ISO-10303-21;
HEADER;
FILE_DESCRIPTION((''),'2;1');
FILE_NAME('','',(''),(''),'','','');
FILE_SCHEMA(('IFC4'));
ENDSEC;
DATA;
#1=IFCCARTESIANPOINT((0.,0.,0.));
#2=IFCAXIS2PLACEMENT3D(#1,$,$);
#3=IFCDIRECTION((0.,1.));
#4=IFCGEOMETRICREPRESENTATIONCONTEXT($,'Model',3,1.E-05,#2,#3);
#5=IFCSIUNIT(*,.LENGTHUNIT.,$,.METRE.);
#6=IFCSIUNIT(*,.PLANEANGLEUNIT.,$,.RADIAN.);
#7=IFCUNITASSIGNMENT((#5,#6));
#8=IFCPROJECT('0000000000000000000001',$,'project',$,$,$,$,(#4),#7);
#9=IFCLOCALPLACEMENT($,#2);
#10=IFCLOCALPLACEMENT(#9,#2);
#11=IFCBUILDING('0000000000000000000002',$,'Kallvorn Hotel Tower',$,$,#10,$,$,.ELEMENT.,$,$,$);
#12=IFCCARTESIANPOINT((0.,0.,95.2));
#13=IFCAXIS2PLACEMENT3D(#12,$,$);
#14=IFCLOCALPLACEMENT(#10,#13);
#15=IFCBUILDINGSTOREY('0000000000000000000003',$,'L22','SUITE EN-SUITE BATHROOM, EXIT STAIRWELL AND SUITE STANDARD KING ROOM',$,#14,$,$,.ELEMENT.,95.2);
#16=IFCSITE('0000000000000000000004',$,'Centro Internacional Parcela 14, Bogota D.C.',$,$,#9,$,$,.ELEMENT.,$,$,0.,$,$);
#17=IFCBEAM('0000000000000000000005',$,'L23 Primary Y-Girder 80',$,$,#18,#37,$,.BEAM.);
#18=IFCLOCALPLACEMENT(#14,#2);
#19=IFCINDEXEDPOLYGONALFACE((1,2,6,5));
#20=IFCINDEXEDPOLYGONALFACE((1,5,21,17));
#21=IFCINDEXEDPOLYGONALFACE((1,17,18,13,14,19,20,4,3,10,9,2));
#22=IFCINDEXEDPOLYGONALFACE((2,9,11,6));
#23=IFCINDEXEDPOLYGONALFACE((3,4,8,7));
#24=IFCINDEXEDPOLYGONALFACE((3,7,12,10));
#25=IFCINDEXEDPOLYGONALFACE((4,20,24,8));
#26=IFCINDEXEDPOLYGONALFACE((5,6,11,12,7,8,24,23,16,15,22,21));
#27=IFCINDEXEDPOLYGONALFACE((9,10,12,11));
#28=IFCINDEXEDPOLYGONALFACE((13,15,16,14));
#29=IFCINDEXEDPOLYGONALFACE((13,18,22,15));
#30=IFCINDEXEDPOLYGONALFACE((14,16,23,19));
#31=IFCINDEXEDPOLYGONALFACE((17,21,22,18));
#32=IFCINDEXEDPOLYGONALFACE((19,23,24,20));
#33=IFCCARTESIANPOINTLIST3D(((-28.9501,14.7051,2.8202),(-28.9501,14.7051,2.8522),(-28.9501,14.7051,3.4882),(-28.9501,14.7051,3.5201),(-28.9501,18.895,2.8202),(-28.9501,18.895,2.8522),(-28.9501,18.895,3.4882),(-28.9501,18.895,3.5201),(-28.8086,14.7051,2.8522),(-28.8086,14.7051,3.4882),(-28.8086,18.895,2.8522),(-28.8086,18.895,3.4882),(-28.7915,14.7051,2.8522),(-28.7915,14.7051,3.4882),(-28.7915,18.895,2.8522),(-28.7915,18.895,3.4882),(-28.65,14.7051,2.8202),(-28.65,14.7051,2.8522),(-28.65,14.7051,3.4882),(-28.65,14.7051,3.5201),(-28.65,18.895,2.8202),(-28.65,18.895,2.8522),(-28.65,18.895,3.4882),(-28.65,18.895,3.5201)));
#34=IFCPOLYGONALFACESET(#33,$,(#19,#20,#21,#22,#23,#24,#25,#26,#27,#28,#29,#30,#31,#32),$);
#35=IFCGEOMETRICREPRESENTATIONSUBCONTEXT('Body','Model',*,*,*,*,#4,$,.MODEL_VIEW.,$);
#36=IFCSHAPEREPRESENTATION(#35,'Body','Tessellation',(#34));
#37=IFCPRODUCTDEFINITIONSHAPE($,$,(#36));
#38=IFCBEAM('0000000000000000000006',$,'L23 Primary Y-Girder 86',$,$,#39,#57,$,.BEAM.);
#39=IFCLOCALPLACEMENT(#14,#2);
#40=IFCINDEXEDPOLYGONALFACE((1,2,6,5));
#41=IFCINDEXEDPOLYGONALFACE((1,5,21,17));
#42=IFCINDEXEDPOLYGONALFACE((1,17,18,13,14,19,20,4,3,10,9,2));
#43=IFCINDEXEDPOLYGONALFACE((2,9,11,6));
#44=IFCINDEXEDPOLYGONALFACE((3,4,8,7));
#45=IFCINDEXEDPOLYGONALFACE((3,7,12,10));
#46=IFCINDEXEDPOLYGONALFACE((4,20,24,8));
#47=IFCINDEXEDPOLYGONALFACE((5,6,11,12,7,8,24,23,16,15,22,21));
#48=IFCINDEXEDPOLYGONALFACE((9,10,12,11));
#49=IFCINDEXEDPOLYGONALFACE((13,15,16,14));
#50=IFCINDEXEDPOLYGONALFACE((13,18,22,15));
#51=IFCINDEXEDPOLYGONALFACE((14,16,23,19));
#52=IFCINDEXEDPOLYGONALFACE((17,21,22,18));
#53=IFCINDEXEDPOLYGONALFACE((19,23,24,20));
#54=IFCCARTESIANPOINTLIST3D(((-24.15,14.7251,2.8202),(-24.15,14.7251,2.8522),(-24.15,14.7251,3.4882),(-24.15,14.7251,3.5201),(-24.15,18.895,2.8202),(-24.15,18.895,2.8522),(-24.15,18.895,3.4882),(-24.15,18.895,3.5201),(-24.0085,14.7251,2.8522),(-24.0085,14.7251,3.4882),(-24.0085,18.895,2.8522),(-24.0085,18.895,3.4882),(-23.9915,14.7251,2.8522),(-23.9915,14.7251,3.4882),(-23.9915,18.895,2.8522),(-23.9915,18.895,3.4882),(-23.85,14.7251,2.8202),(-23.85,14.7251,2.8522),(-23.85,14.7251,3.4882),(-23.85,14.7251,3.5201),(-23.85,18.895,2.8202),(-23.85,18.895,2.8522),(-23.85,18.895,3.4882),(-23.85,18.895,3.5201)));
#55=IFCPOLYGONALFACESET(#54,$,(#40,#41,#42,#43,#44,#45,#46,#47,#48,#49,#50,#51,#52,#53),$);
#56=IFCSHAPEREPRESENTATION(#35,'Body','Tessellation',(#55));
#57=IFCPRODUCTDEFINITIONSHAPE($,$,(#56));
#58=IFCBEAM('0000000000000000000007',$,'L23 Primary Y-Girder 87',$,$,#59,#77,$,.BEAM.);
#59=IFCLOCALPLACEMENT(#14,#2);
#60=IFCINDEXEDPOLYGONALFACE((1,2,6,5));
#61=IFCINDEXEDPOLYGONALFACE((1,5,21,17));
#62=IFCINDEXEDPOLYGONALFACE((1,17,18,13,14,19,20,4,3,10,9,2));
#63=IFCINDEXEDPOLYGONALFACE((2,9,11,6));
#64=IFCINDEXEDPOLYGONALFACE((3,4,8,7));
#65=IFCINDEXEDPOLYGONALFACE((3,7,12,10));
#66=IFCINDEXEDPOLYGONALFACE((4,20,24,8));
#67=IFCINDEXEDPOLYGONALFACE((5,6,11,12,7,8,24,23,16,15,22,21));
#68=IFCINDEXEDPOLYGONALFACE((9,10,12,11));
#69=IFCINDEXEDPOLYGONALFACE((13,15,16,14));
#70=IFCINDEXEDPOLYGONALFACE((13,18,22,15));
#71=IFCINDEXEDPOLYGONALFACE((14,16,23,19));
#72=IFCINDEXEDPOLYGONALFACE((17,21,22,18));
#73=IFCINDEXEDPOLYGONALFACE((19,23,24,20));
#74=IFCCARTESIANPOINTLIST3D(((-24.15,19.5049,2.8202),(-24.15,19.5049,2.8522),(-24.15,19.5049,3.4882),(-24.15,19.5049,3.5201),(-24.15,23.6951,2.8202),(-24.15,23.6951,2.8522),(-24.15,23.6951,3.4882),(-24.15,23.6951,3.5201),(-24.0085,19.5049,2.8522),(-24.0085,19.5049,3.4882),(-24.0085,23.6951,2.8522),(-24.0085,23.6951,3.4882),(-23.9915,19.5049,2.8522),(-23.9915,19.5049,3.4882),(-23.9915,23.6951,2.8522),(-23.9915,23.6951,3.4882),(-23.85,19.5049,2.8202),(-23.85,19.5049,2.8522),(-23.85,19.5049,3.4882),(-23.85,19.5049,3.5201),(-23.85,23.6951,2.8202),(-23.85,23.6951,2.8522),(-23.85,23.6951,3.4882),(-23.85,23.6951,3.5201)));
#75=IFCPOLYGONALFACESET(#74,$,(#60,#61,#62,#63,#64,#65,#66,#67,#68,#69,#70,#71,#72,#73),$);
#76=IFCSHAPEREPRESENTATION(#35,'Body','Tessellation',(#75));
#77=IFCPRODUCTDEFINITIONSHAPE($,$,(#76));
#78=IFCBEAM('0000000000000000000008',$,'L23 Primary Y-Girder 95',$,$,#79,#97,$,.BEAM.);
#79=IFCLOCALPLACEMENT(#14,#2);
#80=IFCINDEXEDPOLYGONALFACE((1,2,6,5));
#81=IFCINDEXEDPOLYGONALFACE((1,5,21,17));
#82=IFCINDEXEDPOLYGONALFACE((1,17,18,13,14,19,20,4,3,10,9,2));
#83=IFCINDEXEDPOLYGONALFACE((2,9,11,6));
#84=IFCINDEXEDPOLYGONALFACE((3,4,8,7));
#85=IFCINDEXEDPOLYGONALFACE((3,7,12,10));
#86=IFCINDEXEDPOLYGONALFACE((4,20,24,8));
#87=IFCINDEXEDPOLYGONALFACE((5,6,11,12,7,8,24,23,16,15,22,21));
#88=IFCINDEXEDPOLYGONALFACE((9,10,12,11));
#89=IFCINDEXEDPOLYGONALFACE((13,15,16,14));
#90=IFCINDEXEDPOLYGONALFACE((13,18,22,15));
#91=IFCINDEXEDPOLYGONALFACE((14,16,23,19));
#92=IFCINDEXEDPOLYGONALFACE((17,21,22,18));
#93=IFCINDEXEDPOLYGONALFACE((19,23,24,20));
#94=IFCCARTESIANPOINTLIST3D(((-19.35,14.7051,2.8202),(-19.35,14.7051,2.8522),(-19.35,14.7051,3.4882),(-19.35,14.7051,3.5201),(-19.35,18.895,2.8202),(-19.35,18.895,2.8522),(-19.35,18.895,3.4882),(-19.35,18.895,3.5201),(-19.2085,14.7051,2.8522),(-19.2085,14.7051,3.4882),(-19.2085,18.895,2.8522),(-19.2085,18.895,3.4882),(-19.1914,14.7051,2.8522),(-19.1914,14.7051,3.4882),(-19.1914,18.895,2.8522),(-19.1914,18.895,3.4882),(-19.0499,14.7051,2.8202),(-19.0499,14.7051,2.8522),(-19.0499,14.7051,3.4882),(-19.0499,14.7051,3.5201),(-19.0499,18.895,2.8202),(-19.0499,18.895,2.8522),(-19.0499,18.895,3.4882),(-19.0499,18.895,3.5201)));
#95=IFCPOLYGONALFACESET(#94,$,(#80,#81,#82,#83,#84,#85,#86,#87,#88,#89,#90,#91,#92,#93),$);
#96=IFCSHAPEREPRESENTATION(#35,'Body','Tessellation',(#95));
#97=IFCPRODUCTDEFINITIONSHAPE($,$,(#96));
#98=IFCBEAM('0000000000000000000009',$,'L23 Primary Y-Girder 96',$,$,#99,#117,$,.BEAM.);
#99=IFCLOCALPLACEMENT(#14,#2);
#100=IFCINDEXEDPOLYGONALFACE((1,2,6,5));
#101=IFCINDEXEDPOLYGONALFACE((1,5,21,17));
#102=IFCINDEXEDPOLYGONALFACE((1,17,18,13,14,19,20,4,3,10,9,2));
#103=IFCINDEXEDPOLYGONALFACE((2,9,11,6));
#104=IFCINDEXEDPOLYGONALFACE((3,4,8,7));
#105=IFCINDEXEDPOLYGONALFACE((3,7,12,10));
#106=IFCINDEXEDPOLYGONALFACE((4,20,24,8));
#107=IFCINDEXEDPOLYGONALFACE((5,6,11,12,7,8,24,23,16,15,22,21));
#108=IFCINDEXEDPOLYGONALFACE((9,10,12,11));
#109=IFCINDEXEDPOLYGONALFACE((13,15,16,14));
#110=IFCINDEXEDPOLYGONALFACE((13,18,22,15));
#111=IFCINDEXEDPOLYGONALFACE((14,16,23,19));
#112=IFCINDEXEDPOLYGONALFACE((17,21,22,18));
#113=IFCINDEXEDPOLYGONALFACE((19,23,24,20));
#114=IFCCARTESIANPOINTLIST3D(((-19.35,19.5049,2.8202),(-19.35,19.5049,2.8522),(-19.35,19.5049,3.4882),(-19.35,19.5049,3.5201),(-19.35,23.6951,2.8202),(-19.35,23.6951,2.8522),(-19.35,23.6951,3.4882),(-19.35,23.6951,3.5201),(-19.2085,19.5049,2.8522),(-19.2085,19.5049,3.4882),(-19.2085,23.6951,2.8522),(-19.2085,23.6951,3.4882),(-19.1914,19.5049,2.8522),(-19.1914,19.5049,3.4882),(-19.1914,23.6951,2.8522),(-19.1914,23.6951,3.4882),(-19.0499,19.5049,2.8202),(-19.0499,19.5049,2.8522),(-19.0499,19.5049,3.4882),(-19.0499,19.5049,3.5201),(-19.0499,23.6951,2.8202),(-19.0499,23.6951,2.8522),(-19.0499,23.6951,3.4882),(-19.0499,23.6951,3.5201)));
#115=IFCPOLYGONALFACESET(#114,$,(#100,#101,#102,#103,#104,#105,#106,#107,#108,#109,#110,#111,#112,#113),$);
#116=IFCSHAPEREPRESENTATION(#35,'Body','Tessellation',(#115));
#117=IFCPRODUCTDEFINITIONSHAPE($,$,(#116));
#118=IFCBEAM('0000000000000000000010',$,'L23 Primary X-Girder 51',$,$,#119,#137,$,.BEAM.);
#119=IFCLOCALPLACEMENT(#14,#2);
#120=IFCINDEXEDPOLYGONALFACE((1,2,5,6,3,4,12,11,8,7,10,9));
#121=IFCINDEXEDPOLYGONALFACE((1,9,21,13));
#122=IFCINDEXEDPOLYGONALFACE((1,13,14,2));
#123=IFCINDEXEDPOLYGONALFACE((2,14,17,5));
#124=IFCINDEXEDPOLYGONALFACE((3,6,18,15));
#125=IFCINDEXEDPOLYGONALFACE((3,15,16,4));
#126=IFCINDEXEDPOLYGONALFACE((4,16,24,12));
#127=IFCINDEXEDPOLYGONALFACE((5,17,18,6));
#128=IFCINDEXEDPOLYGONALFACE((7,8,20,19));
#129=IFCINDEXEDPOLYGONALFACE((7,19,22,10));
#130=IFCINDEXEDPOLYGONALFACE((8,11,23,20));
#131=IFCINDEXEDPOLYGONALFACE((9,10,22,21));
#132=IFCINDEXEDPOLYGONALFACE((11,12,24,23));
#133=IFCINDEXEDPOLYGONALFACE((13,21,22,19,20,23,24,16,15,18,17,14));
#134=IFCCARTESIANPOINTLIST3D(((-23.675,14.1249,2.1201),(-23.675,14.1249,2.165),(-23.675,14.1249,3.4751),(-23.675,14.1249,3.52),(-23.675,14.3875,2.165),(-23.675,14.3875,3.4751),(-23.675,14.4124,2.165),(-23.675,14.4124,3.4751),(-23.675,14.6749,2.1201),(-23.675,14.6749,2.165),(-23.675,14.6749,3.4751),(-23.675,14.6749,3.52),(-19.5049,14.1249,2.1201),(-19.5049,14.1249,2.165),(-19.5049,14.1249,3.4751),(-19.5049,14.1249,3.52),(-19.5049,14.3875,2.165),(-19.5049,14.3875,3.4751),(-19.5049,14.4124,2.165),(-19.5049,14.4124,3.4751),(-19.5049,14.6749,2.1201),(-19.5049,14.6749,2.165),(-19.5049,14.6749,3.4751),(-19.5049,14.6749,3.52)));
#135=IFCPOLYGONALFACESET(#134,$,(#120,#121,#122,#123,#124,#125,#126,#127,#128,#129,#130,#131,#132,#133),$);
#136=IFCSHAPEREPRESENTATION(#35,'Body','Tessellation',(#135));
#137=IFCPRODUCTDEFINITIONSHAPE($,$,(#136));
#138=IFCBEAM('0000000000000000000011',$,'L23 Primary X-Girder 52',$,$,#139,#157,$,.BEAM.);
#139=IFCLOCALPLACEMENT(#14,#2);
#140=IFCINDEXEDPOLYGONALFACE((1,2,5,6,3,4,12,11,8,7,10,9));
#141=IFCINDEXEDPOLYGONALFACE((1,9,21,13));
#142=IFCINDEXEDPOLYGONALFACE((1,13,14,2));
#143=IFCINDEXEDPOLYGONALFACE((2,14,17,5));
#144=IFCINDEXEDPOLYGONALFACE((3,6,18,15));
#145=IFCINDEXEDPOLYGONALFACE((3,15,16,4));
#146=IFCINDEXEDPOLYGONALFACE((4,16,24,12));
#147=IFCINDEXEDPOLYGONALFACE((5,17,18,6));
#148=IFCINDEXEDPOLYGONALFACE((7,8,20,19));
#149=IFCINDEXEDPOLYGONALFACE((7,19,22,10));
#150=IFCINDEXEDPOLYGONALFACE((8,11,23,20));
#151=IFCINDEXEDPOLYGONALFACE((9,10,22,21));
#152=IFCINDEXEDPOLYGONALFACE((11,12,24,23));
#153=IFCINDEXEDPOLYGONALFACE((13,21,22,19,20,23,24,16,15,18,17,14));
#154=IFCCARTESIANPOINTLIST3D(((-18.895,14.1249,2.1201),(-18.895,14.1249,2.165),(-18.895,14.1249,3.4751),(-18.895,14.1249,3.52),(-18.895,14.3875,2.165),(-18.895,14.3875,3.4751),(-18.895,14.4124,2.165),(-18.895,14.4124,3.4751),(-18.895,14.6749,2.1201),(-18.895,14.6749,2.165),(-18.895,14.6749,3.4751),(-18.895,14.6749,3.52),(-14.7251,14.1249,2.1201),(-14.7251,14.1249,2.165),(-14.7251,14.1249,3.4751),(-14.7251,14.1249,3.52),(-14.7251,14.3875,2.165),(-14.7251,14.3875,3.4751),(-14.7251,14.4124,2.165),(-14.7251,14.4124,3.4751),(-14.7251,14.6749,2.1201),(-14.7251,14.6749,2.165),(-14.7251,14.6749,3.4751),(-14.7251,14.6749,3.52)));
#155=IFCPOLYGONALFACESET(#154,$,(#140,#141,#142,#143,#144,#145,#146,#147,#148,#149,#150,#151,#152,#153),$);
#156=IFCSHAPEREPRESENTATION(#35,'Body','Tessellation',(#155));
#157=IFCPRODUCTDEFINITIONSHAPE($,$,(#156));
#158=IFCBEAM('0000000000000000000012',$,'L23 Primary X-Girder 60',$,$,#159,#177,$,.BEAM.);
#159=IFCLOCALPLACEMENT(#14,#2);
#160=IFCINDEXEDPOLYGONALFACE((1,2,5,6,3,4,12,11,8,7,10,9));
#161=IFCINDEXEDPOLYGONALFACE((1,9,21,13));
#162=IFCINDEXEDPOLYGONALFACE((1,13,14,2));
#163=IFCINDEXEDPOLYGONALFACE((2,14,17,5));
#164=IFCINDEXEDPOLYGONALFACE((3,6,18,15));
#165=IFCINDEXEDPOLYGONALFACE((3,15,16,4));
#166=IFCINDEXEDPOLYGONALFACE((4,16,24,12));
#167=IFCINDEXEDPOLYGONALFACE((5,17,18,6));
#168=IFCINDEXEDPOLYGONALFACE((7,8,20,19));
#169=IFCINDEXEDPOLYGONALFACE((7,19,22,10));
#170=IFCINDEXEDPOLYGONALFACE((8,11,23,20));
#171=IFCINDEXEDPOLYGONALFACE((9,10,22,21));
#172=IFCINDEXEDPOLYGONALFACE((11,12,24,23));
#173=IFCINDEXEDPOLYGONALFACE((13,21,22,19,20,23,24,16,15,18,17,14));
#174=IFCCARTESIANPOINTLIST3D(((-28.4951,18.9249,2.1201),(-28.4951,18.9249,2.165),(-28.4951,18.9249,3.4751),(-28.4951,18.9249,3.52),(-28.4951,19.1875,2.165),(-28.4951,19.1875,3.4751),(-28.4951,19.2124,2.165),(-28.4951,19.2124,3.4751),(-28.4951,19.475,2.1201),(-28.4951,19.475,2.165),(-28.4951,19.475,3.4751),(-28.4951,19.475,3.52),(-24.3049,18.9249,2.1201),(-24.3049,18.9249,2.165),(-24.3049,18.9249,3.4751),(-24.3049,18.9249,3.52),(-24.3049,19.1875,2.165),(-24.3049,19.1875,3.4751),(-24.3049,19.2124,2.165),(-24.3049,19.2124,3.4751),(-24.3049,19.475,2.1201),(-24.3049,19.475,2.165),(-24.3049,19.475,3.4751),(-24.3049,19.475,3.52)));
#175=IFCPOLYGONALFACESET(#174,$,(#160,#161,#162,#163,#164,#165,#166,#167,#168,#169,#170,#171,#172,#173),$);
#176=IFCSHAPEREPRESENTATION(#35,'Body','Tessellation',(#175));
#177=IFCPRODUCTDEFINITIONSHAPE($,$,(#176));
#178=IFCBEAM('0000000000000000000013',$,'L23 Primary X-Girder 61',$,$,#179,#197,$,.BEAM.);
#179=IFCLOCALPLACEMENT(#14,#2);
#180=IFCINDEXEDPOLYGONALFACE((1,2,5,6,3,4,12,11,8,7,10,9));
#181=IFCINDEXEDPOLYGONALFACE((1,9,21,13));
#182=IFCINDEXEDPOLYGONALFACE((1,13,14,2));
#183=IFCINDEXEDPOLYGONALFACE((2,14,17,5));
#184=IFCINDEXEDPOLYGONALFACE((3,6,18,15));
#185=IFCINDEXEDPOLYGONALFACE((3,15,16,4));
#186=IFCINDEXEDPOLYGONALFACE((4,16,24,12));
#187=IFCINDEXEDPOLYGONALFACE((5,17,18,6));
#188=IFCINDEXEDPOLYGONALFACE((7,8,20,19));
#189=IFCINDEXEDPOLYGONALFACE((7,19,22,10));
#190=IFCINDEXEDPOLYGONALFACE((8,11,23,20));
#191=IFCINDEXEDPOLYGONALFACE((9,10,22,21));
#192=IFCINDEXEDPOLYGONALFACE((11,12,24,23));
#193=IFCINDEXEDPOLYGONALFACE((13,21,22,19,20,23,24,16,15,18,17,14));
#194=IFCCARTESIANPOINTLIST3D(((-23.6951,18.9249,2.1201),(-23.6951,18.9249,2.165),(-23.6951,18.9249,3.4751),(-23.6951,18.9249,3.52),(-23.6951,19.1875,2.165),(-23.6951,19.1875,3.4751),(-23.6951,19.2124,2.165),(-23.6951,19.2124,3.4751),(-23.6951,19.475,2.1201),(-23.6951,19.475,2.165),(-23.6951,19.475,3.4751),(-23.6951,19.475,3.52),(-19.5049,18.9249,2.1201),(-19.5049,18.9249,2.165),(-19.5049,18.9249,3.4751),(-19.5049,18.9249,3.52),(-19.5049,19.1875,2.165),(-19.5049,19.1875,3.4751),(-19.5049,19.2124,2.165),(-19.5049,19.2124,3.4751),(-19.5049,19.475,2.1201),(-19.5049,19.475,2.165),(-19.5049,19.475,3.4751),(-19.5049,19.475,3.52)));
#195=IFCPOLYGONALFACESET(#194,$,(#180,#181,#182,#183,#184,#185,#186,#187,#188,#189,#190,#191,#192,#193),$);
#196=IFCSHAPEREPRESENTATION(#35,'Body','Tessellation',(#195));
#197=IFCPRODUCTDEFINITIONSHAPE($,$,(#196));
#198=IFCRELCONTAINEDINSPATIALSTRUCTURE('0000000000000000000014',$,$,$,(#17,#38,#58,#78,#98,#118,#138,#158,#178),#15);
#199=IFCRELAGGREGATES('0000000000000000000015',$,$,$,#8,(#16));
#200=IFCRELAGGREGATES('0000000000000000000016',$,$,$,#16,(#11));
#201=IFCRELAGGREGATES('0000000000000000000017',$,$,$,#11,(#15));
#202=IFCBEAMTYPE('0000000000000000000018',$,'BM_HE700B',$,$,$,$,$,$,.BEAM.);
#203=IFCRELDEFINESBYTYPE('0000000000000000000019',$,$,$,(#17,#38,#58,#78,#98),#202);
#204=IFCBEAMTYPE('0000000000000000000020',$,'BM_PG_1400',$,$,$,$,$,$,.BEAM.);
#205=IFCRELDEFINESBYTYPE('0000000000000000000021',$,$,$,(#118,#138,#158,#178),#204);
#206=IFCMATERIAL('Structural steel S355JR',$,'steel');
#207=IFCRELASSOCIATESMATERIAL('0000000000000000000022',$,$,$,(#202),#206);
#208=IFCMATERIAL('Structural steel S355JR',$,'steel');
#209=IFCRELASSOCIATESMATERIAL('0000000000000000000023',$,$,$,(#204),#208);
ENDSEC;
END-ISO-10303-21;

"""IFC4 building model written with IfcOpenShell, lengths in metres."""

from ifc_helpers import new_model, si_unit, direction, frame, origin, origin_2d, place, context, subcontext, project, spatial, i_section, extrude, material, material_profile, profile_set, type_object, element, save


model = new_model("IFC4")

# Units and contexts
model_context = context("Model", 3, precision=1e-05, world=origin(), true_north=direction((0.0, 1.0)))
body_context = subcontext(model_context, "Body", "Model", "MODEL_VIEW")
ifc_project = project(units=[si_unit("LENGTHUNIT", "METRE"), si_unit("PLANEANGLEUNIT", "RADIAN")], contexts=[model_context])

# Site, building, storey
site_placement = place(None, origin())
site = spatial("IfcSite", under=ifc_project, at=site_placement, Name="Centro Internacional Parcela 14, Bogota D.C.", CompositionType="ELEMENT", RefElevation=0.0)
building_placement = place(site_placement, origin())
building = spatial("IfcBuilding", under=site, at=building_placement, Name="Kallvorn Hotel Tower", CompositionType="ELEMENT")
storey_placement = place(building_placement, frame((0.0, 0.0, 95.2)))
storey = spatial("IfcBuildingStorey", under=building, at=storey_placement, Name="L22", Description="SUITE EN-SUITE BATHROOM, EXIT STAIRWELL AND SUITE STANDARD KING ROOM", CompositionType="ELEMENT", Elevation=95.2)

# Beams
ifc_material_1 = material(Name="Structural steel S355JR", Category="steel")
ifc_material_profile_1 = material_profile(ifc_material_1, i_section(OverallWidth=0.3, OverallDepth=0.7, WebThickness=0.0171, FlangeThickness=0.032, at=origin_2d()), Name="HE 700 B")
ifc_profile_set_1 = profile_set([ifc_material_profile_1], Name="Structural steel S355JR")
beam_type_1 = type_object("IfcBeamType", Name="BM_HE700B", PredefinedType="BEAM", material=ifc_profile_set_1)
beam_1_placement = place(storey_placement, frame((-28.8, 14.7051, 3.1702), z_axis=(0.0, 1.0, 0.0), x_axis=(-1.0, 0.0, 0.0)))
element("IfcBeam", 1, at=beam_1_placement, inside=storey, type_object=beam_type_1, Name="L23 Primary Y-Girder 80", PredefinedType="BEAM", context=body_context, shape_type="SweptSolid", body=[
    extrude(i_section(OverallWidth=0.3, OverallDepth=0.7, WebThickness=0.0171, FlangeThickness=0.032, at=origin_2d()), origin(), (0.0, 0.0, 1.0), 4.1899),
])
beam_2_placement = place(storey_placement, frame((-24.0, 14.7251, 3.1702), z_axis=(0.0, 1.0, 0.0), x_axis=(-1.0, 0.0, 0.0)))
element("IfcBeam", 2, at=beam_2_placement, inside=storey, type_object=beam_type_1, Name="L23 Primary Y-Girder 86", PredefinedType="BEAM", context=body_context, shape_type="SweptSolid", body=[
    extrude(i_section(OverallWidth=0.3, OverallDepth=0.7, WebThickness=0.0171, FlangeThickness=0.032, at=origin_2d()), origin(), (0.0, 0.0, 1.0), 4.1699),
])
beam_3_placement = place(storey_placement, frame((-24.0, 19.5049, 3.1702), z_axis=(0.0, 1.0, 0.0), x_axis=(-1.0, 0.0, 0.0)))
element("IfcBeam", 3, at=beam_3_placement, inside=storey, type_object=beam_type_1, Name="L23 Primary Y-Girder 87", PredefinedType="BEAM", context=body_context, shape_type="SweptSolid", body=[
    extrude(i_section(OverallWidth=0.3, OverallDepth=0.7, WebThickness=0.0171, FlangeThickness=0.032, at=origin_2d()), origin(), (0.0, 0.0, 1.0), 4.1902),
])
beam_4_placement = place(storey_placement, frame((-19.2, 14.7051, 3.1702), z_axis=(0.0, 1.0, 0.0), x_axis=(-1.0, 0.0, 0.0)))
element("IfcBeam", 4, at=beam_4_placement, inside=storey, type_object=beam_type_1, Name="L23 Primary Y-Girder 95", PredefinedType="BEAM", context=body_context, shape_type="SweptSolid", body=[
    extrude(i_section(OverallWidth=0.3, OverallDepth=0.7, WebThickness=0.0171, FlangeThickness=0.032, at=origin_2d()), origin(), (0.0, 0.0, 1.0), 4.1899),
])
beam_5_placement = place(storey_placement, frame((-19.2, 19.5049, 3.1702), z_axis=(0.0, 1.0, 0.0), x_axis=(-1.0, 0.0, 0.0)))
element("IfcBeam", 5, at=beam_5_placement, inside=storey, type_object=beam_type_1, Name="L23 Primary Y-Girder 96", PredefinedType="BEAM", context=body_context, shape_type="SweptSolid", body=[
    extrude(i_section(OverallWidth=0.3, OverallDepth=0.7, WebThickness=0.0171, FlangeThickness=0.032, at=origin_2d()), origin(), (0.0, 0.0, 1.0), 4.1902),
])
ifc_material_2 = material(Name="Structural steel S355JR", Category="steel")
ifc_material_profile_2 = material_profile(ifc_material_2, i_section(OverallWidth=0.55, OverallDepth=1.3999, WebThickness=0.0249, FlangeThickness=0.0449, at=origin_2d()), Name="PG 1400x550x25x45")
ifc_profile_set_2 = profile_set([ifc_material_profile_2], Name="Structural steel S355JR")
beam_type_2 = type_object("IfcBeamType", Name="BM_PG_1400", PredefinedType="BEAM", material=ifc_profile_set_2)
beam_6_placement = place(storey_placement, frame((-23.675, 14.3999, 2.8201), z_axis=(1.0, 0.0, 0.0), x_axis=(0.0, 1.0, 0.0)))
element("IfcBeam", 6, at=beam_6_placement, inside=storey, type_object=beam_type_2, Name="L23 Primary X-Girder 51", PredefinedType="BEAM", context=body_context, shape_type="SweptSolid", body=[
    extrude(i_section(OverallWidth=0.55, OverallDepth=1.3999, WebThickness=0.0249, FlangeThickness=0.0449, at=origin_2d()), origin(), (0.0, 0.0, 1.0), 4.1702),
])
beam_7_placement = place(storey_placement, frame((-18.895, 14.3999, 2.8201), z_axis=(1.0, 0.0, 0.0), x_axis=(0.0, 1.0, 0.0)))
element("IfcBeam", 7, at=beam_7_placement, inside=storey, type_object=beam_type_2, Name="L23 Primary X-Girder 52", PredefinedType="BEAM", context=body_context, shape_type="SweptSolid", body=[
    extrude(i_section(OverallWidth=0.55, OverallDepth=1.3999, WebThickness=0.0249, FlangeThickness=0.0449, at=origin_2d()), origin(), (0.0, 0.0, 1.0), 4.1699),
])
for number, where, z_axis, x_axis, name in (
    (8, (-28.4951, 19.2, 2.8201), (1.0, 0.0, 0.0), (0.0, 1.0, 0.0), "L23 Primary X-Girder 60"),
    (9, (-23.6951, 19.2, 2.8201), (1.0, 0.0, 0.0), (0.0, 1.0, 0.0), "L23 Primary X-Girder 61"),
):
    element("IfcBeam", number, at=place(storey_placement, frame(where, z_axis=z_axis, x_axis=x_axis)), inside=storey, type_object=beam_type_2, Name=name, PredefinedType="BEAM", context=body_context, shape_type="SweptSolid", body=[
        extrude(i_section(OverallWidth=0.55, OverallDepth=1.3999, WebThickness=0.0249, FlangeThickness=0.0449, at=origin_2d()), origin(), (0.0, 0.0, 1.0), 4.1902),
    ])

save(model, "model.ifc")
